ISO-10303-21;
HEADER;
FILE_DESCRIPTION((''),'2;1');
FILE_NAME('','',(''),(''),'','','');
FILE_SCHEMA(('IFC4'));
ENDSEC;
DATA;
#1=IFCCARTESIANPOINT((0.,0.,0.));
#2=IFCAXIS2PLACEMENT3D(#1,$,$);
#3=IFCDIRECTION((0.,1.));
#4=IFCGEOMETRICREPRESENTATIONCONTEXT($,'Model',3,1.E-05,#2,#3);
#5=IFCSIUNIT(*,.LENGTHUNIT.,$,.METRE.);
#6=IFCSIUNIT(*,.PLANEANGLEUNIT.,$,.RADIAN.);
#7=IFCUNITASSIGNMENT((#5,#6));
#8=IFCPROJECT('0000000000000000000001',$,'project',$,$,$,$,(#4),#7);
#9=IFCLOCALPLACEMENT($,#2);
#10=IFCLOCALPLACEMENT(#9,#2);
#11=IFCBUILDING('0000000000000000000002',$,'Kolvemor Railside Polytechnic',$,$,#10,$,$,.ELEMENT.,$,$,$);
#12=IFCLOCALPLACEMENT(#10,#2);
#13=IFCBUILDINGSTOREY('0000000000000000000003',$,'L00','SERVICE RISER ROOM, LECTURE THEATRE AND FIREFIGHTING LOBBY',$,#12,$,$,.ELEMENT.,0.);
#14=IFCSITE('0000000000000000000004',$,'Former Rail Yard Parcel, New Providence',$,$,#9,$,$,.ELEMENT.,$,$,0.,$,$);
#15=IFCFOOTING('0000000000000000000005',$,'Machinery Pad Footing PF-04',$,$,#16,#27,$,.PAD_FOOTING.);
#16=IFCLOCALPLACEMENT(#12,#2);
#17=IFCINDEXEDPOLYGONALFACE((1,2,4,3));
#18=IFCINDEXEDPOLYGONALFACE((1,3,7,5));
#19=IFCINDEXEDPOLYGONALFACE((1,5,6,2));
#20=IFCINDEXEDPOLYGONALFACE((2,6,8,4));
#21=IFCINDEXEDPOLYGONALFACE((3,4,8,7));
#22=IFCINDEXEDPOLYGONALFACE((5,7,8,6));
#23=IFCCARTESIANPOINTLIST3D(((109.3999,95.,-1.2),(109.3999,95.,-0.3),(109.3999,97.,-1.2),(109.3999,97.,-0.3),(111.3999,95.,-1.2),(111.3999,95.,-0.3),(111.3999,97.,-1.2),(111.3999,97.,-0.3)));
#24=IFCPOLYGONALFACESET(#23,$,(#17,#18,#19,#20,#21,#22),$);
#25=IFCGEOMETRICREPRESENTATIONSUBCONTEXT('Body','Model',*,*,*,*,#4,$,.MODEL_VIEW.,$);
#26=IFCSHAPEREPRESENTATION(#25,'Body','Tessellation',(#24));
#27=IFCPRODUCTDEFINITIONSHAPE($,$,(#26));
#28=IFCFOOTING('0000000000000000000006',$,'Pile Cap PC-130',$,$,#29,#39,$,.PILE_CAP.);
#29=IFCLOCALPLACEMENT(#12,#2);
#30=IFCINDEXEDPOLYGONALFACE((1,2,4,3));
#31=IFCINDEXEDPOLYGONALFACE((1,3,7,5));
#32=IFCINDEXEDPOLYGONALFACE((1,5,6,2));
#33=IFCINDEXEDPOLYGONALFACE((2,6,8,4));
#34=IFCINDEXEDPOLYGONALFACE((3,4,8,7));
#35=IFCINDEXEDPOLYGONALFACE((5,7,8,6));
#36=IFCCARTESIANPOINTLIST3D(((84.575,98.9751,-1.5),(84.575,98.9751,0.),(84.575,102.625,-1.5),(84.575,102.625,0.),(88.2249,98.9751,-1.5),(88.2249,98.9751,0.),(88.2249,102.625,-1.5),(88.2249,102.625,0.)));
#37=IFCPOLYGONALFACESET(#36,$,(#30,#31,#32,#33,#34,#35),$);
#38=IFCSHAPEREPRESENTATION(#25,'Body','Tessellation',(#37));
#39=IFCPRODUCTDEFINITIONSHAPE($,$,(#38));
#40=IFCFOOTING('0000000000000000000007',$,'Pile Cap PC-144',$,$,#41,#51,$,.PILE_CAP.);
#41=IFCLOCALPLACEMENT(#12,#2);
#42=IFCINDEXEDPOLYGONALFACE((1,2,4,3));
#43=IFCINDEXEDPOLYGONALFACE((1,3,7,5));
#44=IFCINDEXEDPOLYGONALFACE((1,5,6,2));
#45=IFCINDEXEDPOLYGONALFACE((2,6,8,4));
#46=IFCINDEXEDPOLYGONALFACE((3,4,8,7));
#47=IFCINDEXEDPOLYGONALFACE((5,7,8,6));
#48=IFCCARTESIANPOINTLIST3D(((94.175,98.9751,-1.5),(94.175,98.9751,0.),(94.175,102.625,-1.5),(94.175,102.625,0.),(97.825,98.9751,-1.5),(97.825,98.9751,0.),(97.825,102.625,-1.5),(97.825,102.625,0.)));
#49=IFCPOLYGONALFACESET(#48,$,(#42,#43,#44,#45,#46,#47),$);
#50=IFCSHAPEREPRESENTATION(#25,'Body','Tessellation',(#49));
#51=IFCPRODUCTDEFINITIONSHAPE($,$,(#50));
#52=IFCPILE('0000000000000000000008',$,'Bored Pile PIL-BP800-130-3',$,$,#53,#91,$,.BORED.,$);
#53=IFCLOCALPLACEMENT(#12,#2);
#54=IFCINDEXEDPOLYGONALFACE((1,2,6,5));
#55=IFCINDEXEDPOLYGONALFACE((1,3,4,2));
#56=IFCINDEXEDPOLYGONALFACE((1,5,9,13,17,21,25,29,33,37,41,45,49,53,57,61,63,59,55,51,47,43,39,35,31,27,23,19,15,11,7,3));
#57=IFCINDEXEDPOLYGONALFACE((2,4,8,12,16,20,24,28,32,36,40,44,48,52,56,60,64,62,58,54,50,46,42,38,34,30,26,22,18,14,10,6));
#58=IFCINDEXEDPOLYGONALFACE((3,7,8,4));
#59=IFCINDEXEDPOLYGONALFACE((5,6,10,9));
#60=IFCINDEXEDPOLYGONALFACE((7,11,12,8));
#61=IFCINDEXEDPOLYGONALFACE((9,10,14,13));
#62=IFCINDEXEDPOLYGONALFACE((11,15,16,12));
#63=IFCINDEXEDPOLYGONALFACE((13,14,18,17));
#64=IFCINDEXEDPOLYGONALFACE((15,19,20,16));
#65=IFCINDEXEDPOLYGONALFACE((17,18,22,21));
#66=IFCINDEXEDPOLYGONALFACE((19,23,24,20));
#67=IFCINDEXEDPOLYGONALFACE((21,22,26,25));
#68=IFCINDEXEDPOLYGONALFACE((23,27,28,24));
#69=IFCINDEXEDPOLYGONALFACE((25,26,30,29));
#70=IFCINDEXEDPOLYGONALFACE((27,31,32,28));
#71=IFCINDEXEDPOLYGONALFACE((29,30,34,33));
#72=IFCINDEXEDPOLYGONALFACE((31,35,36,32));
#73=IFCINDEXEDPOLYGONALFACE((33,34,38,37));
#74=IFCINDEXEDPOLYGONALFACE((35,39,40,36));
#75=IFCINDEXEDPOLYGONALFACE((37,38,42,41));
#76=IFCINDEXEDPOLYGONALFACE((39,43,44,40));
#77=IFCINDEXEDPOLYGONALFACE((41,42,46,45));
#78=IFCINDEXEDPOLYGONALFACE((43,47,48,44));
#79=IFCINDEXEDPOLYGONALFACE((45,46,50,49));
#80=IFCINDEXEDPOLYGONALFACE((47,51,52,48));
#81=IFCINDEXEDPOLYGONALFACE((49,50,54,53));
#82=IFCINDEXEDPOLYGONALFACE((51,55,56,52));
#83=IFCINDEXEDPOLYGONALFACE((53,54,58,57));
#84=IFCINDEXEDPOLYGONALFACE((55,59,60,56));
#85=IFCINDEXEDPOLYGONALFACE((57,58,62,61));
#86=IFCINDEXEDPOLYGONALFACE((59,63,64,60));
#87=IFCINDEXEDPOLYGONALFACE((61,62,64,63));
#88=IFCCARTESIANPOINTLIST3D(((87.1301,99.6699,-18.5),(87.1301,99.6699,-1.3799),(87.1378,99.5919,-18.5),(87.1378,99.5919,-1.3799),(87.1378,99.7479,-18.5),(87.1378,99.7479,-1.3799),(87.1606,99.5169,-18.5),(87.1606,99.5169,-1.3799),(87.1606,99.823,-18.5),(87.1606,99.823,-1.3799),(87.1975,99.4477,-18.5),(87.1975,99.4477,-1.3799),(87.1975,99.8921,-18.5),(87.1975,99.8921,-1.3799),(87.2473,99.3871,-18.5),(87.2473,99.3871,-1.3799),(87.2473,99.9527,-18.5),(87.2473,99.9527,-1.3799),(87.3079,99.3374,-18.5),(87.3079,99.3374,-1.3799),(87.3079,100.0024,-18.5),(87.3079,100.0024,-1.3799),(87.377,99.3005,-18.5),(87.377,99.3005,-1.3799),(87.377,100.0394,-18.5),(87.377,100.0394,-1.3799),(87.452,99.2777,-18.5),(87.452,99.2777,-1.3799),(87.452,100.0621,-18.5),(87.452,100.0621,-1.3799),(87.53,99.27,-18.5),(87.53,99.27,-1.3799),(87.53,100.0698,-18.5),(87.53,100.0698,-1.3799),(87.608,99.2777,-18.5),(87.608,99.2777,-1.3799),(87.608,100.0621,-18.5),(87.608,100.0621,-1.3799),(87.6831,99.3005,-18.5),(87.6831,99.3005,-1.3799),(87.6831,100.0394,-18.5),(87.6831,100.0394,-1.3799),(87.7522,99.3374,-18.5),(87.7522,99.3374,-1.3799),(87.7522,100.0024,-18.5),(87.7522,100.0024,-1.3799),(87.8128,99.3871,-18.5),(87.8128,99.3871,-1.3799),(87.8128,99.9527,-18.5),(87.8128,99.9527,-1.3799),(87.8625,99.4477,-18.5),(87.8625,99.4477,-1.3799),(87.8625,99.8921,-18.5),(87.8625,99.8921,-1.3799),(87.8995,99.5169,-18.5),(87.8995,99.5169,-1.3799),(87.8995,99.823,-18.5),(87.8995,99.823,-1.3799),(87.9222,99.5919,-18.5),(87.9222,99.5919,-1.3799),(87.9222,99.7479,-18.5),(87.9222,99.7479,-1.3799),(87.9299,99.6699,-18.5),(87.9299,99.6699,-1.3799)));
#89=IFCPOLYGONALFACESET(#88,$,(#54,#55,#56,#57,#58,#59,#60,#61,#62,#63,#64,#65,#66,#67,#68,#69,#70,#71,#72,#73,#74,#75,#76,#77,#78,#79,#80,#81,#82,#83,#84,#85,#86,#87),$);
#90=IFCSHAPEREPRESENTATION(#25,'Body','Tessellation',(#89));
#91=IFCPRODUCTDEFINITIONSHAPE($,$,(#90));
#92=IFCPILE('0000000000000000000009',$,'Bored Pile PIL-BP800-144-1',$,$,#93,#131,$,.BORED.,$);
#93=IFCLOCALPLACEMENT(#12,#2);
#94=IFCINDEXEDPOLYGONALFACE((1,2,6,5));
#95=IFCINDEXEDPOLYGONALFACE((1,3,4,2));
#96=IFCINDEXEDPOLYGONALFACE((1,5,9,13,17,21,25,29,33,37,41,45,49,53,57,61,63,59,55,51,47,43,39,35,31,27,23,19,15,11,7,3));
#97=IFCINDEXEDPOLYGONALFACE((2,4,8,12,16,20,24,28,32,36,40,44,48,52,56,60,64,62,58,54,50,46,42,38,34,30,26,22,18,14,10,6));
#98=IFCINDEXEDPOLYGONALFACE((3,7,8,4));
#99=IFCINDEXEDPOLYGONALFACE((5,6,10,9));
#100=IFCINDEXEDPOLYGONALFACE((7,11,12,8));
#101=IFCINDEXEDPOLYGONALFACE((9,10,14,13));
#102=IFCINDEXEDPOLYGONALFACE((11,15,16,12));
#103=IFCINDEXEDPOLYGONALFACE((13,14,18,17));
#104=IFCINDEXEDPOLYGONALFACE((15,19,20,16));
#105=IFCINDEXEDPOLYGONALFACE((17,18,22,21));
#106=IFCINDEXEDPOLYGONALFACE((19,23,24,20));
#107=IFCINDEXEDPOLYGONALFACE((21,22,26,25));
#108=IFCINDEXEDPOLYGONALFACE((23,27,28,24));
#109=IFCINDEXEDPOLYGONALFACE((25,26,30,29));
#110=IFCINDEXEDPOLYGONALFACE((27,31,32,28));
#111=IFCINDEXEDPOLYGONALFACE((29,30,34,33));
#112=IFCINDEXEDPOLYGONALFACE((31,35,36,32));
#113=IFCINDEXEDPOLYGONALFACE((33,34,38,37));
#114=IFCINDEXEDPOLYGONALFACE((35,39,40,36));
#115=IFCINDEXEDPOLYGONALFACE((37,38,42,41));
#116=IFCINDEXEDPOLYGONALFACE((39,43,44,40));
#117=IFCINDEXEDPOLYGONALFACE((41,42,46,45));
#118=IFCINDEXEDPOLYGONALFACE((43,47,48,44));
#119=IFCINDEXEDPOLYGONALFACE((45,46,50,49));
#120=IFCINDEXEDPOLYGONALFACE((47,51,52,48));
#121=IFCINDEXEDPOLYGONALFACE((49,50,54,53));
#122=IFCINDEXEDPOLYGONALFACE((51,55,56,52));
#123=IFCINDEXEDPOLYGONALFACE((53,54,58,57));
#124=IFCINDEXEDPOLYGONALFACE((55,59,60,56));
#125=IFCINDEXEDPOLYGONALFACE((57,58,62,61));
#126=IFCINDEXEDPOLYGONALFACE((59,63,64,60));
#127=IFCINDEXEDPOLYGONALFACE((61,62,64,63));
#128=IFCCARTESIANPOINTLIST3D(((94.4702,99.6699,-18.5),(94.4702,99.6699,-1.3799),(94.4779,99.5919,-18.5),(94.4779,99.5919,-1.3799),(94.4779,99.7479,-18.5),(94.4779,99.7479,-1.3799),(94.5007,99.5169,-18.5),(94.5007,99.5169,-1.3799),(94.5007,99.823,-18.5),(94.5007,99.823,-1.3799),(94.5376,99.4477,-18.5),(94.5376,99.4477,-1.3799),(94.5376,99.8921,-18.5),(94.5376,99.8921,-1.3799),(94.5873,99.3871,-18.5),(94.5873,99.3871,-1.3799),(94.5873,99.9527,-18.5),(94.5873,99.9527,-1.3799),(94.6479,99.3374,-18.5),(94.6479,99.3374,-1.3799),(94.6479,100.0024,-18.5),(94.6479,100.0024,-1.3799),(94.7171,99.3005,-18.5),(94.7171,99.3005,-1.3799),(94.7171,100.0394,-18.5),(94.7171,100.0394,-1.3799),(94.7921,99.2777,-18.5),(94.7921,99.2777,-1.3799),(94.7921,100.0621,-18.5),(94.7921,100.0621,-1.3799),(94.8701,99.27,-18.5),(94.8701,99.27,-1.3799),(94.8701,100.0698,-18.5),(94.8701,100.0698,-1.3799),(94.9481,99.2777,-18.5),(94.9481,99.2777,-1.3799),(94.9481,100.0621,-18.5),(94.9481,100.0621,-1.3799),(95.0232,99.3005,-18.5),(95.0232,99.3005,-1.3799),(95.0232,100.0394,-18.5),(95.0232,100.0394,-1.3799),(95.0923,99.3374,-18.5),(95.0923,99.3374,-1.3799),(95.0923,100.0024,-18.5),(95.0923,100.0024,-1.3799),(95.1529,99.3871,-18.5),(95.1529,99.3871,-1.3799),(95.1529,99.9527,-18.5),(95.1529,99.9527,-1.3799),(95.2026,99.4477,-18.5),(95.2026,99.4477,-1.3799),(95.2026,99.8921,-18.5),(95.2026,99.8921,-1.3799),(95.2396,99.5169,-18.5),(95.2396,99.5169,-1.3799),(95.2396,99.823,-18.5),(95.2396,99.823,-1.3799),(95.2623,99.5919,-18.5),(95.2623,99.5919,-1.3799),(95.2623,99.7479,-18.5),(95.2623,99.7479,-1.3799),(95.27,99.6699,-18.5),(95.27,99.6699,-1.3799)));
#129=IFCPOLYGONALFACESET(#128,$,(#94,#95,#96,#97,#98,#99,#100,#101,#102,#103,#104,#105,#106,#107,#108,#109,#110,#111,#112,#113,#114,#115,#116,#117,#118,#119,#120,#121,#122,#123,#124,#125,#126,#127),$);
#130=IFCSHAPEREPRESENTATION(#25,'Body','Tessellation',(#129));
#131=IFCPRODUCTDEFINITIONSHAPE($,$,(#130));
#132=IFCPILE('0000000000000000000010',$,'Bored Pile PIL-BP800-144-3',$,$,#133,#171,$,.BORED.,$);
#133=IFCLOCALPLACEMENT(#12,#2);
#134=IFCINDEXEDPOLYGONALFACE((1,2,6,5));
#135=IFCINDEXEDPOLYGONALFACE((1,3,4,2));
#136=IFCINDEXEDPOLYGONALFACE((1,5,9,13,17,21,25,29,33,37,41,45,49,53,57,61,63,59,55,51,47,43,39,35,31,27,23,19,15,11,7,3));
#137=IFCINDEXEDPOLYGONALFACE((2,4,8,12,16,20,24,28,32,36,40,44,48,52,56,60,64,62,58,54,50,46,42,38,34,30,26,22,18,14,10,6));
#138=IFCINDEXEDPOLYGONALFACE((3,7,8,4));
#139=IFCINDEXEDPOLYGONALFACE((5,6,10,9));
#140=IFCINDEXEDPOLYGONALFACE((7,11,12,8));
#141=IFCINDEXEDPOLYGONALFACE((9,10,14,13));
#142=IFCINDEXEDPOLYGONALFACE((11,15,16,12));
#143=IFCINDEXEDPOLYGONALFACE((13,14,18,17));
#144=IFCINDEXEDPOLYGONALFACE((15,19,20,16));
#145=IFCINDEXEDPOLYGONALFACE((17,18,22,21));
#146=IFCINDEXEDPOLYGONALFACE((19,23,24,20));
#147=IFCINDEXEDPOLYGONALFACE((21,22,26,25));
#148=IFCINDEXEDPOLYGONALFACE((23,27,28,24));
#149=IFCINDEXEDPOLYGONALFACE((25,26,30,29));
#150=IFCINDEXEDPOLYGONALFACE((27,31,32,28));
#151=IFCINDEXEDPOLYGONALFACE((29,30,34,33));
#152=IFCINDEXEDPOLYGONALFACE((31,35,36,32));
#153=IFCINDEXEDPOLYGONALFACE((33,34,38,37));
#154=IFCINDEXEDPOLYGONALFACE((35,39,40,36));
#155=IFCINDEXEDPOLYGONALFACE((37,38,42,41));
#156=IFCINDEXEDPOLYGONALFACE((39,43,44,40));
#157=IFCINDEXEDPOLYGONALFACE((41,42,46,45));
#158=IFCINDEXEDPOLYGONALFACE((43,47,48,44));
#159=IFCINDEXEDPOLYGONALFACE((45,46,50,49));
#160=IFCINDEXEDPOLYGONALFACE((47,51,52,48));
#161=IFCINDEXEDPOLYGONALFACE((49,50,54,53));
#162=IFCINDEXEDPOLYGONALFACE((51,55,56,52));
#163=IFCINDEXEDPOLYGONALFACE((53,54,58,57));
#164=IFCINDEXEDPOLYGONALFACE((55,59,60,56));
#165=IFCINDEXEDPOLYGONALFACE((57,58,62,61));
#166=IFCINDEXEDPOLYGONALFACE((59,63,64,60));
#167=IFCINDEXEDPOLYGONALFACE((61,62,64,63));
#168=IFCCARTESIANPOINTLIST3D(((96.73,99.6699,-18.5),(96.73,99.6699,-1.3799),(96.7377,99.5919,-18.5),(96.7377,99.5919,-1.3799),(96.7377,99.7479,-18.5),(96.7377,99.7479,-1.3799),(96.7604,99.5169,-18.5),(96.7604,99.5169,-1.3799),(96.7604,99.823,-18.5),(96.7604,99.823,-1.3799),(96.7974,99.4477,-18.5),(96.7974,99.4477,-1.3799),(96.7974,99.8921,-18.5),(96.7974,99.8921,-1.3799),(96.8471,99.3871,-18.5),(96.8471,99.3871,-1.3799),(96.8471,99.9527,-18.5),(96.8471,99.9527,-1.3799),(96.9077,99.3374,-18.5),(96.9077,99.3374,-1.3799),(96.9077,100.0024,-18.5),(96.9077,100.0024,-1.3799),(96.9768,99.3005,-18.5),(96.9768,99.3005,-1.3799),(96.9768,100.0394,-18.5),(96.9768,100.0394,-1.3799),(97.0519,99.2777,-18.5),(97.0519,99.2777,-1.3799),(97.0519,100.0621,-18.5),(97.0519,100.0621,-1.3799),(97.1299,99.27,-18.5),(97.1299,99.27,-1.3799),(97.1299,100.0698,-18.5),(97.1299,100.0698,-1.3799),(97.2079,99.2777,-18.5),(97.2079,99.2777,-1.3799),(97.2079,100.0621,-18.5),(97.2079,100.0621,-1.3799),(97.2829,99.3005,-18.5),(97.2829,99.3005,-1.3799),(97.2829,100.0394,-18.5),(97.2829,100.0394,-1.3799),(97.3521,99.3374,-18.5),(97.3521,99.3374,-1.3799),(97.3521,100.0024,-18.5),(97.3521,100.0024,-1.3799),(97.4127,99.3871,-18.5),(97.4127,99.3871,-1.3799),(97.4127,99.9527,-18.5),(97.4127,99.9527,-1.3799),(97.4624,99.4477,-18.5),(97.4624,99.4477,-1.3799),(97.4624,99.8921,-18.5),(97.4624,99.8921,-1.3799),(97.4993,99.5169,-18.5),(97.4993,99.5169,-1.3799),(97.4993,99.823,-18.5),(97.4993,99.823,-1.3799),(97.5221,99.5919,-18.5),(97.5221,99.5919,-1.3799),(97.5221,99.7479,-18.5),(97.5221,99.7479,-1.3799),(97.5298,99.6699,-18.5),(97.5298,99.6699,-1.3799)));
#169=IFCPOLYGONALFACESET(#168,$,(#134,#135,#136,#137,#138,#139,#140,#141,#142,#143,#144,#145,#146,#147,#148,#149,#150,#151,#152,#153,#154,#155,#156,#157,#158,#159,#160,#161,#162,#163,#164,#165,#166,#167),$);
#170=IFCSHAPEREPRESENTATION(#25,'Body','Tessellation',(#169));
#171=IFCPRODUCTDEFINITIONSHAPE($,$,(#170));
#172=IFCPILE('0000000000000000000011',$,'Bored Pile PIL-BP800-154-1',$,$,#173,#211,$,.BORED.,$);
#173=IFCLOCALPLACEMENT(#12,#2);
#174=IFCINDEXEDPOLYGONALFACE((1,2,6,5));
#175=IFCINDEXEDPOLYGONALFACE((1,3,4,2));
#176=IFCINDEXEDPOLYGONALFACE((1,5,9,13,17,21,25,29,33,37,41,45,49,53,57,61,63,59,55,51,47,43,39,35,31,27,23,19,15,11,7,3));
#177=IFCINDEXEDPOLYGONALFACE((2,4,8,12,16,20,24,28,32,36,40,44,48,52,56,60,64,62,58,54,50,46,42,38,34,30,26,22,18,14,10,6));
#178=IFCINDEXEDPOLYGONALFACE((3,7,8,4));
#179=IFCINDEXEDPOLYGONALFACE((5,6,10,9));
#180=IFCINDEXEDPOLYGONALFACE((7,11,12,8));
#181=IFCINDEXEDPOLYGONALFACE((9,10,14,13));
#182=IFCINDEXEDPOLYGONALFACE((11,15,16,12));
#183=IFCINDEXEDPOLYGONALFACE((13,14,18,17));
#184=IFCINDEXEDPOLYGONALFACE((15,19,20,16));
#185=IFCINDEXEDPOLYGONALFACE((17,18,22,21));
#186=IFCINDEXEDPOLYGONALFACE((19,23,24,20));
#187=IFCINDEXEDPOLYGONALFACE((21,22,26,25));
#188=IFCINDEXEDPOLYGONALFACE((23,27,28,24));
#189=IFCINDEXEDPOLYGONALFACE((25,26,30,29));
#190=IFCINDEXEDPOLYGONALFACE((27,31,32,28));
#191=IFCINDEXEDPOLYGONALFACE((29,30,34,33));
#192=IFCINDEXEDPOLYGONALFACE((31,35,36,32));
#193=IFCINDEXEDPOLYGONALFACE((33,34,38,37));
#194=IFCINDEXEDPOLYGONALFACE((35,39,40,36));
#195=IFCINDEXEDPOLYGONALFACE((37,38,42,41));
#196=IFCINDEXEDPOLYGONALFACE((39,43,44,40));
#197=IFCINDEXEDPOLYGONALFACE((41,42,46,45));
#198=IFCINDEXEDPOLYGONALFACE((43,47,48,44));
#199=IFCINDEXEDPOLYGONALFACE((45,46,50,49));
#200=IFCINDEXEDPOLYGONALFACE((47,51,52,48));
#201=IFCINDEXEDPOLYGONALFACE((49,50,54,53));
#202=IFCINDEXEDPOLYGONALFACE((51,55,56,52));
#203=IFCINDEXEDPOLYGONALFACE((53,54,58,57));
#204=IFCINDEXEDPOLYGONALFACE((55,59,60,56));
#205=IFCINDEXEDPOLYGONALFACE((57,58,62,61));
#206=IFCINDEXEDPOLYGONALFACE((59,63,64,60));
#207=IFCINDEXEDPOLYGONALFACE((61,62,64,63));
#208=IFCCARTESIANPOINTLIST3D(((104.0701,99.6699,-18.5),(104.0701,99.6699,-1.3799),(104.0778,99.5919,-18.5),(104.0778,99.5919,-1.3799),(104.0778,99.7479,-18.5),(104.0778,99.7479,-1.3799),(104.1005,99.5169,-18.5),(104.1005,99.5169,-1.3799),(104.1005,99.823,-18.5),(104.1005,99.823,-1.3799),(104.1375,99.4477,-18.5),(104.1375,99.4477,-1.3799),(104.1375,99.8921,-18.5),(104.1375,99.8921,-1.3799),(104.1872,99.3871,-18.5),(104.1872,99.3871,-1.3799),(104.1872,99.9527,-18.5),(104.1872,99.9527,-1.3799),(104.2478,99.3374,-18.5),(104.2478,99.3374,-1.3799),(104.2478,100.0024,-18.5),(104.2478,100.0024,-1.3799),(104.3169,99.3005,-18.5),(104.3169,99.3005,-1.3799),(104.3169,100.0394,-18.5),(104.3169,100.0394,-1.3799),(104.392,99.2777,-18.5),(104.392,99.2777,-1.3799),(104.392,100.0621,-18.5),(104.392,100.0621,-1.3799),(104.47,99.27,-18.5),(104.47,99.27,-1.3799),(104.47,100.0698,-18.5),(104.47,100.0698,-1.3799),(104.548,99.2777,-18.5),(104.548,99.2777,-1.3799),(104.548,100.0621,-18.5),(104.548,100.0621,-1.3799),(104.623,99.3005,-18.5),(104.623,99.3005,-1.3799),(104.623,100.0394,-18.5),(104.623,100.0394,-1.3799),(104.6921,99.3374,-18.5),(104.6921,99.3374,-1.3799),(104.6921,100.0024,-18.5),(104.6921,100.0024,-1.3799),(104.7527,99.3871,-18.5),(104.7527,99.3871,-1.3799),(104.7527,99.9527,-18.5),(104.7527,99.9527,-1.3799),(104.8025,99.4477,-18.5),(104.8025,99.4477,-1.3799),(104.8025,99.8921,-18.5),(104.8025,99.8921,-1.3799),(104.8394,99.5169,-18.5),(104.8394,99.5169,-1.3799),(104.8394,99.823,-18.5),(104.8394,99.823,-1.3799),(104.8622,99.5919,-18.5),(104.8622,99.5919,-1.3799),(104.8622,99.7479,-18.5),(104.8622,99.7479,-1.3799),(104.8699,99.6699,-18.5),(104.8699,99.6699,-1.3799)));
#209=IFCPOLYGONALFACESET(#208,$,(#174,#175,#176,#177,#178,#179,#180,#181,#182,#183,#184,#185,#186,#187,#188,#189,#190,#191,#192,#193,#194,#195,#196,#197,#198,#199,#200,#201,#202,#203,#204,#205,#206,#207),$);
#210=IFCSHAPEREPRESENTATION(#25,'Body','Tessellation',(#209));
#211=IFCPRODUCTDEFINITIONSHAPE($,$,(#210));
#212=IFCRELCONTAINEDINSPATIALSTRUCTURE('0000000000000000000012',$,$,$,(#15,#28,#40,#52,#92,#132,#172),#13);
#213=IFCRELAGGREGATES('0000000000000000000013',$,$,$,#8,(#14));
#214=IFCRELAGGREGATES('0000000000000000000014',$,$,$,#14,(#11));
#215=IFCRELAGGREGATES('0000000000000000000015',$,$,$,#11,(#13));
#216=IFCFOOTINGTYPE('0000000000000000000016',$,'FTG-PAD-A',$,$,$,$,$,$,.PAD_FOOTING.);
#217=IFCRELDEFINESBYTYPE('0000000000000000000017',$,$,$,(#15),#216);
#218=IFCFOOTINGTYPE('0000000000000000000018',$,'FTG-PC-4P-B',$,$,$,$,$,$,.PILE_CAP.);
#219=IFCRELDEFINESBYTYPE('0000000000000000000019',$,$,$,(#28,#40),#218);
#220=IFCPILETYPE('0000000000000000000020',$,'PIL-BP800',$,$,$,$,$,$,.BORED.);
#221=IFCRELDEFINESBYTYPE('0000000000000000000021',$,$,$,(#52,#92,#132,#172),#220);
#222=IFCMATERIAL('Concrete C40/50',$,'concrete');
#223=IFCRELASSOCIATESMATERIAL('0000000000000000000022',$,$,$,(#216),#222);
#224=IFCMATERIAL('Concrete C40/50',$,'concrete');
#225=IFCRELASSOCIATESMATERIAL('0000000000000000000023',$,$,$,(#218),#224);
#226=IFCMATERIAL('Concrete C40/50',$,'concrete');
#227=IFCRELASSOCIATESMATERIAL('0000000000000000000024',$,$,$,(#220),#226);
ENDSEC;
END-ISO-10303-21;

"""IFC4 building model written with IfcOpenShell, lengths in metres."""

from ifc_helpers import new_model, si_unit, direction, frame, origin, origin_2d, place, context, subcontext, project, spatial, rectangle, circle, extrude, material, material_profile, profile_set, type_object, element, save


model = new_model("IFC4")

# Units and contexts
model_context = context("Model", 3, precision=1e-05, world=origin(), true_north=direction((0.0, 1.0)))
body_context = subcontext(model_context, "Body", "Model", "MODEL_VIEW")
ifc_project = project(units=[si_unit("LENGTHUNIT", "METRE"), si_unit("PLANEANGLEUNIT", "RADIAN")], contexts=[model_context])

# Site, building, storey
site_placement = place(None, origin())
site = spatial("IfcSite", under=ifc_project, at=site_placement, Name="Former Rail Yard Parcel, New Providence", CompositionType="ELEMENT", RefElevation=0.0)
building_placement = place(site_placement, origin())
building = spatial("IfcBuilding", under=site, at=building_placement, Name="Kolvemor Railside Polytechnic", CompositionType="ELEMENT")
storey_placement = place(building_placement, origin())
storey = spatial("IfcBuildingStorey", under=building, at=storey_placement, Name="L00", Description="SERVICE RISER ROOM, LECTURE THEATRE AND FIREFIGHTING LOBBY", CompositionType="ELEMENT", Elevation=0.0)

# Footings
ifc_material_1 = material(Name="Concrete C40/50", Category="concrete")
footing_type_1 = type_object("IfcFootingType", Name="FTG-PAD-A", PredefinedType="PAD_FOOTING", material=ifc_material_1)
footing_placement = place(storey_placement, frame((110.3999, 96.0, -1.2), z_axis=(0.0, 0.0, 1.0), x_axis=(1.0, 0.0, 0.0)))
element("IfcFooting", 1, at=footing_placement, inside=storey, type_object=footing_type_1, Name="Machinery Pad Footing PF-04", PredefinedType="PAD_FOOTING", context=body_context, shape_type="SweptSolid", body=[
    extrude(rectangle(XDim=2.0, YDim=2.0, at=origin_2d()), origin(), (0.0, 0.0, 1.0), 0.8999),
])
ifc_material_2 = material(Name="Concrete C40/50", Category="concrete")
footing_type_2 = type_object("IfcFootingType", Name="FTG-PC-4P-B", PredefinedType="PILE_CAP", material=ifc_material_2)
for number, where, z_axis, x_axis, name in (
    (2, (86.3999, 100.8, -1.5), (0.0, 0.0, 1.0), (1.0, 0.0, 0.0), "Pile Cap PC-130"),
    (3, (96.0, 100.8, -1.5), (0.0, 0.0, 1.0), (1.0, 0.0, 0.0), "Pile Cap PC-144"),
):
    element("IfcFooting", number, at=place(storey_placement, frame(where, z_axis=z_axis, x_axis=x_axis)), inside=storey, type_object=footing_type_2, Name=name, PredefinedType="PILE_CAP", context=body_context, shape_type="SweptSolid", body=[
        extrude(rectangle(XDim=3.6499, YDim=3.6499, at=origin_2d()), origin(), (0.0, 0.0, 1.0), 1.5),
    ])

# Piles
ifc_material_3 = material(Name="Concrete C40/50", Category="concrete")
ifc_material_profile_1 = material_profile(ifc_material_3, circle(Radius=0.3999, at=origin_2d()), Name="BP800")
ifc_profile_set_1 = profile_set([ifc_material_profile_1], Name="Concrete C40/50")
pile_type_1 = type_object("IfcPileType", Name="PIL-BP800", PredefinedType="BORED", material=ifc_profile_set_1)
for number, where, z_axis, x_axis, name in (
    (4, (87.53, 99.6699, -1.3799), (0.0, 0.0, -1.0), (1.0, 0.0, 0.0), "Bored Pile PIL-BP800-130-3"),
    (5, (94.8701, 99.6699, -1.3799), (0.0, 0.0, -1.0), (1.0, 0.0, 0.0), "Bored Pile PIL-BP800-144-1"),
    (6, (97.1299, 99.6699, -1.3799), (0.0, 0.0, -1.0), (1.0, 0.0, 0.0), "Bored Pile PIL-BP800-144-3"),
    (7, (104.47, 99.6699, -1.3799), (0.0, 0.0, -1.0), (1.0, 0.0, 0.0), "Bored Pile PIL-BP800-154-1"),
):
    element("IfcPile", number, at=place(storey_placement, frame(where, z_axis=z_axis, x_axis=x_axis)), inside=storey, type_object=pile_type_1, Name=name, PredefinedType="BORED", context=body_context, shape_type="SweptSolid", body=[
        extrude(circle(Radius=0.3999, at=origin_2d()), origin(), (0.0, 0.0, 1.0), 17.1201),
    ])

save(model, "model.ifc")
